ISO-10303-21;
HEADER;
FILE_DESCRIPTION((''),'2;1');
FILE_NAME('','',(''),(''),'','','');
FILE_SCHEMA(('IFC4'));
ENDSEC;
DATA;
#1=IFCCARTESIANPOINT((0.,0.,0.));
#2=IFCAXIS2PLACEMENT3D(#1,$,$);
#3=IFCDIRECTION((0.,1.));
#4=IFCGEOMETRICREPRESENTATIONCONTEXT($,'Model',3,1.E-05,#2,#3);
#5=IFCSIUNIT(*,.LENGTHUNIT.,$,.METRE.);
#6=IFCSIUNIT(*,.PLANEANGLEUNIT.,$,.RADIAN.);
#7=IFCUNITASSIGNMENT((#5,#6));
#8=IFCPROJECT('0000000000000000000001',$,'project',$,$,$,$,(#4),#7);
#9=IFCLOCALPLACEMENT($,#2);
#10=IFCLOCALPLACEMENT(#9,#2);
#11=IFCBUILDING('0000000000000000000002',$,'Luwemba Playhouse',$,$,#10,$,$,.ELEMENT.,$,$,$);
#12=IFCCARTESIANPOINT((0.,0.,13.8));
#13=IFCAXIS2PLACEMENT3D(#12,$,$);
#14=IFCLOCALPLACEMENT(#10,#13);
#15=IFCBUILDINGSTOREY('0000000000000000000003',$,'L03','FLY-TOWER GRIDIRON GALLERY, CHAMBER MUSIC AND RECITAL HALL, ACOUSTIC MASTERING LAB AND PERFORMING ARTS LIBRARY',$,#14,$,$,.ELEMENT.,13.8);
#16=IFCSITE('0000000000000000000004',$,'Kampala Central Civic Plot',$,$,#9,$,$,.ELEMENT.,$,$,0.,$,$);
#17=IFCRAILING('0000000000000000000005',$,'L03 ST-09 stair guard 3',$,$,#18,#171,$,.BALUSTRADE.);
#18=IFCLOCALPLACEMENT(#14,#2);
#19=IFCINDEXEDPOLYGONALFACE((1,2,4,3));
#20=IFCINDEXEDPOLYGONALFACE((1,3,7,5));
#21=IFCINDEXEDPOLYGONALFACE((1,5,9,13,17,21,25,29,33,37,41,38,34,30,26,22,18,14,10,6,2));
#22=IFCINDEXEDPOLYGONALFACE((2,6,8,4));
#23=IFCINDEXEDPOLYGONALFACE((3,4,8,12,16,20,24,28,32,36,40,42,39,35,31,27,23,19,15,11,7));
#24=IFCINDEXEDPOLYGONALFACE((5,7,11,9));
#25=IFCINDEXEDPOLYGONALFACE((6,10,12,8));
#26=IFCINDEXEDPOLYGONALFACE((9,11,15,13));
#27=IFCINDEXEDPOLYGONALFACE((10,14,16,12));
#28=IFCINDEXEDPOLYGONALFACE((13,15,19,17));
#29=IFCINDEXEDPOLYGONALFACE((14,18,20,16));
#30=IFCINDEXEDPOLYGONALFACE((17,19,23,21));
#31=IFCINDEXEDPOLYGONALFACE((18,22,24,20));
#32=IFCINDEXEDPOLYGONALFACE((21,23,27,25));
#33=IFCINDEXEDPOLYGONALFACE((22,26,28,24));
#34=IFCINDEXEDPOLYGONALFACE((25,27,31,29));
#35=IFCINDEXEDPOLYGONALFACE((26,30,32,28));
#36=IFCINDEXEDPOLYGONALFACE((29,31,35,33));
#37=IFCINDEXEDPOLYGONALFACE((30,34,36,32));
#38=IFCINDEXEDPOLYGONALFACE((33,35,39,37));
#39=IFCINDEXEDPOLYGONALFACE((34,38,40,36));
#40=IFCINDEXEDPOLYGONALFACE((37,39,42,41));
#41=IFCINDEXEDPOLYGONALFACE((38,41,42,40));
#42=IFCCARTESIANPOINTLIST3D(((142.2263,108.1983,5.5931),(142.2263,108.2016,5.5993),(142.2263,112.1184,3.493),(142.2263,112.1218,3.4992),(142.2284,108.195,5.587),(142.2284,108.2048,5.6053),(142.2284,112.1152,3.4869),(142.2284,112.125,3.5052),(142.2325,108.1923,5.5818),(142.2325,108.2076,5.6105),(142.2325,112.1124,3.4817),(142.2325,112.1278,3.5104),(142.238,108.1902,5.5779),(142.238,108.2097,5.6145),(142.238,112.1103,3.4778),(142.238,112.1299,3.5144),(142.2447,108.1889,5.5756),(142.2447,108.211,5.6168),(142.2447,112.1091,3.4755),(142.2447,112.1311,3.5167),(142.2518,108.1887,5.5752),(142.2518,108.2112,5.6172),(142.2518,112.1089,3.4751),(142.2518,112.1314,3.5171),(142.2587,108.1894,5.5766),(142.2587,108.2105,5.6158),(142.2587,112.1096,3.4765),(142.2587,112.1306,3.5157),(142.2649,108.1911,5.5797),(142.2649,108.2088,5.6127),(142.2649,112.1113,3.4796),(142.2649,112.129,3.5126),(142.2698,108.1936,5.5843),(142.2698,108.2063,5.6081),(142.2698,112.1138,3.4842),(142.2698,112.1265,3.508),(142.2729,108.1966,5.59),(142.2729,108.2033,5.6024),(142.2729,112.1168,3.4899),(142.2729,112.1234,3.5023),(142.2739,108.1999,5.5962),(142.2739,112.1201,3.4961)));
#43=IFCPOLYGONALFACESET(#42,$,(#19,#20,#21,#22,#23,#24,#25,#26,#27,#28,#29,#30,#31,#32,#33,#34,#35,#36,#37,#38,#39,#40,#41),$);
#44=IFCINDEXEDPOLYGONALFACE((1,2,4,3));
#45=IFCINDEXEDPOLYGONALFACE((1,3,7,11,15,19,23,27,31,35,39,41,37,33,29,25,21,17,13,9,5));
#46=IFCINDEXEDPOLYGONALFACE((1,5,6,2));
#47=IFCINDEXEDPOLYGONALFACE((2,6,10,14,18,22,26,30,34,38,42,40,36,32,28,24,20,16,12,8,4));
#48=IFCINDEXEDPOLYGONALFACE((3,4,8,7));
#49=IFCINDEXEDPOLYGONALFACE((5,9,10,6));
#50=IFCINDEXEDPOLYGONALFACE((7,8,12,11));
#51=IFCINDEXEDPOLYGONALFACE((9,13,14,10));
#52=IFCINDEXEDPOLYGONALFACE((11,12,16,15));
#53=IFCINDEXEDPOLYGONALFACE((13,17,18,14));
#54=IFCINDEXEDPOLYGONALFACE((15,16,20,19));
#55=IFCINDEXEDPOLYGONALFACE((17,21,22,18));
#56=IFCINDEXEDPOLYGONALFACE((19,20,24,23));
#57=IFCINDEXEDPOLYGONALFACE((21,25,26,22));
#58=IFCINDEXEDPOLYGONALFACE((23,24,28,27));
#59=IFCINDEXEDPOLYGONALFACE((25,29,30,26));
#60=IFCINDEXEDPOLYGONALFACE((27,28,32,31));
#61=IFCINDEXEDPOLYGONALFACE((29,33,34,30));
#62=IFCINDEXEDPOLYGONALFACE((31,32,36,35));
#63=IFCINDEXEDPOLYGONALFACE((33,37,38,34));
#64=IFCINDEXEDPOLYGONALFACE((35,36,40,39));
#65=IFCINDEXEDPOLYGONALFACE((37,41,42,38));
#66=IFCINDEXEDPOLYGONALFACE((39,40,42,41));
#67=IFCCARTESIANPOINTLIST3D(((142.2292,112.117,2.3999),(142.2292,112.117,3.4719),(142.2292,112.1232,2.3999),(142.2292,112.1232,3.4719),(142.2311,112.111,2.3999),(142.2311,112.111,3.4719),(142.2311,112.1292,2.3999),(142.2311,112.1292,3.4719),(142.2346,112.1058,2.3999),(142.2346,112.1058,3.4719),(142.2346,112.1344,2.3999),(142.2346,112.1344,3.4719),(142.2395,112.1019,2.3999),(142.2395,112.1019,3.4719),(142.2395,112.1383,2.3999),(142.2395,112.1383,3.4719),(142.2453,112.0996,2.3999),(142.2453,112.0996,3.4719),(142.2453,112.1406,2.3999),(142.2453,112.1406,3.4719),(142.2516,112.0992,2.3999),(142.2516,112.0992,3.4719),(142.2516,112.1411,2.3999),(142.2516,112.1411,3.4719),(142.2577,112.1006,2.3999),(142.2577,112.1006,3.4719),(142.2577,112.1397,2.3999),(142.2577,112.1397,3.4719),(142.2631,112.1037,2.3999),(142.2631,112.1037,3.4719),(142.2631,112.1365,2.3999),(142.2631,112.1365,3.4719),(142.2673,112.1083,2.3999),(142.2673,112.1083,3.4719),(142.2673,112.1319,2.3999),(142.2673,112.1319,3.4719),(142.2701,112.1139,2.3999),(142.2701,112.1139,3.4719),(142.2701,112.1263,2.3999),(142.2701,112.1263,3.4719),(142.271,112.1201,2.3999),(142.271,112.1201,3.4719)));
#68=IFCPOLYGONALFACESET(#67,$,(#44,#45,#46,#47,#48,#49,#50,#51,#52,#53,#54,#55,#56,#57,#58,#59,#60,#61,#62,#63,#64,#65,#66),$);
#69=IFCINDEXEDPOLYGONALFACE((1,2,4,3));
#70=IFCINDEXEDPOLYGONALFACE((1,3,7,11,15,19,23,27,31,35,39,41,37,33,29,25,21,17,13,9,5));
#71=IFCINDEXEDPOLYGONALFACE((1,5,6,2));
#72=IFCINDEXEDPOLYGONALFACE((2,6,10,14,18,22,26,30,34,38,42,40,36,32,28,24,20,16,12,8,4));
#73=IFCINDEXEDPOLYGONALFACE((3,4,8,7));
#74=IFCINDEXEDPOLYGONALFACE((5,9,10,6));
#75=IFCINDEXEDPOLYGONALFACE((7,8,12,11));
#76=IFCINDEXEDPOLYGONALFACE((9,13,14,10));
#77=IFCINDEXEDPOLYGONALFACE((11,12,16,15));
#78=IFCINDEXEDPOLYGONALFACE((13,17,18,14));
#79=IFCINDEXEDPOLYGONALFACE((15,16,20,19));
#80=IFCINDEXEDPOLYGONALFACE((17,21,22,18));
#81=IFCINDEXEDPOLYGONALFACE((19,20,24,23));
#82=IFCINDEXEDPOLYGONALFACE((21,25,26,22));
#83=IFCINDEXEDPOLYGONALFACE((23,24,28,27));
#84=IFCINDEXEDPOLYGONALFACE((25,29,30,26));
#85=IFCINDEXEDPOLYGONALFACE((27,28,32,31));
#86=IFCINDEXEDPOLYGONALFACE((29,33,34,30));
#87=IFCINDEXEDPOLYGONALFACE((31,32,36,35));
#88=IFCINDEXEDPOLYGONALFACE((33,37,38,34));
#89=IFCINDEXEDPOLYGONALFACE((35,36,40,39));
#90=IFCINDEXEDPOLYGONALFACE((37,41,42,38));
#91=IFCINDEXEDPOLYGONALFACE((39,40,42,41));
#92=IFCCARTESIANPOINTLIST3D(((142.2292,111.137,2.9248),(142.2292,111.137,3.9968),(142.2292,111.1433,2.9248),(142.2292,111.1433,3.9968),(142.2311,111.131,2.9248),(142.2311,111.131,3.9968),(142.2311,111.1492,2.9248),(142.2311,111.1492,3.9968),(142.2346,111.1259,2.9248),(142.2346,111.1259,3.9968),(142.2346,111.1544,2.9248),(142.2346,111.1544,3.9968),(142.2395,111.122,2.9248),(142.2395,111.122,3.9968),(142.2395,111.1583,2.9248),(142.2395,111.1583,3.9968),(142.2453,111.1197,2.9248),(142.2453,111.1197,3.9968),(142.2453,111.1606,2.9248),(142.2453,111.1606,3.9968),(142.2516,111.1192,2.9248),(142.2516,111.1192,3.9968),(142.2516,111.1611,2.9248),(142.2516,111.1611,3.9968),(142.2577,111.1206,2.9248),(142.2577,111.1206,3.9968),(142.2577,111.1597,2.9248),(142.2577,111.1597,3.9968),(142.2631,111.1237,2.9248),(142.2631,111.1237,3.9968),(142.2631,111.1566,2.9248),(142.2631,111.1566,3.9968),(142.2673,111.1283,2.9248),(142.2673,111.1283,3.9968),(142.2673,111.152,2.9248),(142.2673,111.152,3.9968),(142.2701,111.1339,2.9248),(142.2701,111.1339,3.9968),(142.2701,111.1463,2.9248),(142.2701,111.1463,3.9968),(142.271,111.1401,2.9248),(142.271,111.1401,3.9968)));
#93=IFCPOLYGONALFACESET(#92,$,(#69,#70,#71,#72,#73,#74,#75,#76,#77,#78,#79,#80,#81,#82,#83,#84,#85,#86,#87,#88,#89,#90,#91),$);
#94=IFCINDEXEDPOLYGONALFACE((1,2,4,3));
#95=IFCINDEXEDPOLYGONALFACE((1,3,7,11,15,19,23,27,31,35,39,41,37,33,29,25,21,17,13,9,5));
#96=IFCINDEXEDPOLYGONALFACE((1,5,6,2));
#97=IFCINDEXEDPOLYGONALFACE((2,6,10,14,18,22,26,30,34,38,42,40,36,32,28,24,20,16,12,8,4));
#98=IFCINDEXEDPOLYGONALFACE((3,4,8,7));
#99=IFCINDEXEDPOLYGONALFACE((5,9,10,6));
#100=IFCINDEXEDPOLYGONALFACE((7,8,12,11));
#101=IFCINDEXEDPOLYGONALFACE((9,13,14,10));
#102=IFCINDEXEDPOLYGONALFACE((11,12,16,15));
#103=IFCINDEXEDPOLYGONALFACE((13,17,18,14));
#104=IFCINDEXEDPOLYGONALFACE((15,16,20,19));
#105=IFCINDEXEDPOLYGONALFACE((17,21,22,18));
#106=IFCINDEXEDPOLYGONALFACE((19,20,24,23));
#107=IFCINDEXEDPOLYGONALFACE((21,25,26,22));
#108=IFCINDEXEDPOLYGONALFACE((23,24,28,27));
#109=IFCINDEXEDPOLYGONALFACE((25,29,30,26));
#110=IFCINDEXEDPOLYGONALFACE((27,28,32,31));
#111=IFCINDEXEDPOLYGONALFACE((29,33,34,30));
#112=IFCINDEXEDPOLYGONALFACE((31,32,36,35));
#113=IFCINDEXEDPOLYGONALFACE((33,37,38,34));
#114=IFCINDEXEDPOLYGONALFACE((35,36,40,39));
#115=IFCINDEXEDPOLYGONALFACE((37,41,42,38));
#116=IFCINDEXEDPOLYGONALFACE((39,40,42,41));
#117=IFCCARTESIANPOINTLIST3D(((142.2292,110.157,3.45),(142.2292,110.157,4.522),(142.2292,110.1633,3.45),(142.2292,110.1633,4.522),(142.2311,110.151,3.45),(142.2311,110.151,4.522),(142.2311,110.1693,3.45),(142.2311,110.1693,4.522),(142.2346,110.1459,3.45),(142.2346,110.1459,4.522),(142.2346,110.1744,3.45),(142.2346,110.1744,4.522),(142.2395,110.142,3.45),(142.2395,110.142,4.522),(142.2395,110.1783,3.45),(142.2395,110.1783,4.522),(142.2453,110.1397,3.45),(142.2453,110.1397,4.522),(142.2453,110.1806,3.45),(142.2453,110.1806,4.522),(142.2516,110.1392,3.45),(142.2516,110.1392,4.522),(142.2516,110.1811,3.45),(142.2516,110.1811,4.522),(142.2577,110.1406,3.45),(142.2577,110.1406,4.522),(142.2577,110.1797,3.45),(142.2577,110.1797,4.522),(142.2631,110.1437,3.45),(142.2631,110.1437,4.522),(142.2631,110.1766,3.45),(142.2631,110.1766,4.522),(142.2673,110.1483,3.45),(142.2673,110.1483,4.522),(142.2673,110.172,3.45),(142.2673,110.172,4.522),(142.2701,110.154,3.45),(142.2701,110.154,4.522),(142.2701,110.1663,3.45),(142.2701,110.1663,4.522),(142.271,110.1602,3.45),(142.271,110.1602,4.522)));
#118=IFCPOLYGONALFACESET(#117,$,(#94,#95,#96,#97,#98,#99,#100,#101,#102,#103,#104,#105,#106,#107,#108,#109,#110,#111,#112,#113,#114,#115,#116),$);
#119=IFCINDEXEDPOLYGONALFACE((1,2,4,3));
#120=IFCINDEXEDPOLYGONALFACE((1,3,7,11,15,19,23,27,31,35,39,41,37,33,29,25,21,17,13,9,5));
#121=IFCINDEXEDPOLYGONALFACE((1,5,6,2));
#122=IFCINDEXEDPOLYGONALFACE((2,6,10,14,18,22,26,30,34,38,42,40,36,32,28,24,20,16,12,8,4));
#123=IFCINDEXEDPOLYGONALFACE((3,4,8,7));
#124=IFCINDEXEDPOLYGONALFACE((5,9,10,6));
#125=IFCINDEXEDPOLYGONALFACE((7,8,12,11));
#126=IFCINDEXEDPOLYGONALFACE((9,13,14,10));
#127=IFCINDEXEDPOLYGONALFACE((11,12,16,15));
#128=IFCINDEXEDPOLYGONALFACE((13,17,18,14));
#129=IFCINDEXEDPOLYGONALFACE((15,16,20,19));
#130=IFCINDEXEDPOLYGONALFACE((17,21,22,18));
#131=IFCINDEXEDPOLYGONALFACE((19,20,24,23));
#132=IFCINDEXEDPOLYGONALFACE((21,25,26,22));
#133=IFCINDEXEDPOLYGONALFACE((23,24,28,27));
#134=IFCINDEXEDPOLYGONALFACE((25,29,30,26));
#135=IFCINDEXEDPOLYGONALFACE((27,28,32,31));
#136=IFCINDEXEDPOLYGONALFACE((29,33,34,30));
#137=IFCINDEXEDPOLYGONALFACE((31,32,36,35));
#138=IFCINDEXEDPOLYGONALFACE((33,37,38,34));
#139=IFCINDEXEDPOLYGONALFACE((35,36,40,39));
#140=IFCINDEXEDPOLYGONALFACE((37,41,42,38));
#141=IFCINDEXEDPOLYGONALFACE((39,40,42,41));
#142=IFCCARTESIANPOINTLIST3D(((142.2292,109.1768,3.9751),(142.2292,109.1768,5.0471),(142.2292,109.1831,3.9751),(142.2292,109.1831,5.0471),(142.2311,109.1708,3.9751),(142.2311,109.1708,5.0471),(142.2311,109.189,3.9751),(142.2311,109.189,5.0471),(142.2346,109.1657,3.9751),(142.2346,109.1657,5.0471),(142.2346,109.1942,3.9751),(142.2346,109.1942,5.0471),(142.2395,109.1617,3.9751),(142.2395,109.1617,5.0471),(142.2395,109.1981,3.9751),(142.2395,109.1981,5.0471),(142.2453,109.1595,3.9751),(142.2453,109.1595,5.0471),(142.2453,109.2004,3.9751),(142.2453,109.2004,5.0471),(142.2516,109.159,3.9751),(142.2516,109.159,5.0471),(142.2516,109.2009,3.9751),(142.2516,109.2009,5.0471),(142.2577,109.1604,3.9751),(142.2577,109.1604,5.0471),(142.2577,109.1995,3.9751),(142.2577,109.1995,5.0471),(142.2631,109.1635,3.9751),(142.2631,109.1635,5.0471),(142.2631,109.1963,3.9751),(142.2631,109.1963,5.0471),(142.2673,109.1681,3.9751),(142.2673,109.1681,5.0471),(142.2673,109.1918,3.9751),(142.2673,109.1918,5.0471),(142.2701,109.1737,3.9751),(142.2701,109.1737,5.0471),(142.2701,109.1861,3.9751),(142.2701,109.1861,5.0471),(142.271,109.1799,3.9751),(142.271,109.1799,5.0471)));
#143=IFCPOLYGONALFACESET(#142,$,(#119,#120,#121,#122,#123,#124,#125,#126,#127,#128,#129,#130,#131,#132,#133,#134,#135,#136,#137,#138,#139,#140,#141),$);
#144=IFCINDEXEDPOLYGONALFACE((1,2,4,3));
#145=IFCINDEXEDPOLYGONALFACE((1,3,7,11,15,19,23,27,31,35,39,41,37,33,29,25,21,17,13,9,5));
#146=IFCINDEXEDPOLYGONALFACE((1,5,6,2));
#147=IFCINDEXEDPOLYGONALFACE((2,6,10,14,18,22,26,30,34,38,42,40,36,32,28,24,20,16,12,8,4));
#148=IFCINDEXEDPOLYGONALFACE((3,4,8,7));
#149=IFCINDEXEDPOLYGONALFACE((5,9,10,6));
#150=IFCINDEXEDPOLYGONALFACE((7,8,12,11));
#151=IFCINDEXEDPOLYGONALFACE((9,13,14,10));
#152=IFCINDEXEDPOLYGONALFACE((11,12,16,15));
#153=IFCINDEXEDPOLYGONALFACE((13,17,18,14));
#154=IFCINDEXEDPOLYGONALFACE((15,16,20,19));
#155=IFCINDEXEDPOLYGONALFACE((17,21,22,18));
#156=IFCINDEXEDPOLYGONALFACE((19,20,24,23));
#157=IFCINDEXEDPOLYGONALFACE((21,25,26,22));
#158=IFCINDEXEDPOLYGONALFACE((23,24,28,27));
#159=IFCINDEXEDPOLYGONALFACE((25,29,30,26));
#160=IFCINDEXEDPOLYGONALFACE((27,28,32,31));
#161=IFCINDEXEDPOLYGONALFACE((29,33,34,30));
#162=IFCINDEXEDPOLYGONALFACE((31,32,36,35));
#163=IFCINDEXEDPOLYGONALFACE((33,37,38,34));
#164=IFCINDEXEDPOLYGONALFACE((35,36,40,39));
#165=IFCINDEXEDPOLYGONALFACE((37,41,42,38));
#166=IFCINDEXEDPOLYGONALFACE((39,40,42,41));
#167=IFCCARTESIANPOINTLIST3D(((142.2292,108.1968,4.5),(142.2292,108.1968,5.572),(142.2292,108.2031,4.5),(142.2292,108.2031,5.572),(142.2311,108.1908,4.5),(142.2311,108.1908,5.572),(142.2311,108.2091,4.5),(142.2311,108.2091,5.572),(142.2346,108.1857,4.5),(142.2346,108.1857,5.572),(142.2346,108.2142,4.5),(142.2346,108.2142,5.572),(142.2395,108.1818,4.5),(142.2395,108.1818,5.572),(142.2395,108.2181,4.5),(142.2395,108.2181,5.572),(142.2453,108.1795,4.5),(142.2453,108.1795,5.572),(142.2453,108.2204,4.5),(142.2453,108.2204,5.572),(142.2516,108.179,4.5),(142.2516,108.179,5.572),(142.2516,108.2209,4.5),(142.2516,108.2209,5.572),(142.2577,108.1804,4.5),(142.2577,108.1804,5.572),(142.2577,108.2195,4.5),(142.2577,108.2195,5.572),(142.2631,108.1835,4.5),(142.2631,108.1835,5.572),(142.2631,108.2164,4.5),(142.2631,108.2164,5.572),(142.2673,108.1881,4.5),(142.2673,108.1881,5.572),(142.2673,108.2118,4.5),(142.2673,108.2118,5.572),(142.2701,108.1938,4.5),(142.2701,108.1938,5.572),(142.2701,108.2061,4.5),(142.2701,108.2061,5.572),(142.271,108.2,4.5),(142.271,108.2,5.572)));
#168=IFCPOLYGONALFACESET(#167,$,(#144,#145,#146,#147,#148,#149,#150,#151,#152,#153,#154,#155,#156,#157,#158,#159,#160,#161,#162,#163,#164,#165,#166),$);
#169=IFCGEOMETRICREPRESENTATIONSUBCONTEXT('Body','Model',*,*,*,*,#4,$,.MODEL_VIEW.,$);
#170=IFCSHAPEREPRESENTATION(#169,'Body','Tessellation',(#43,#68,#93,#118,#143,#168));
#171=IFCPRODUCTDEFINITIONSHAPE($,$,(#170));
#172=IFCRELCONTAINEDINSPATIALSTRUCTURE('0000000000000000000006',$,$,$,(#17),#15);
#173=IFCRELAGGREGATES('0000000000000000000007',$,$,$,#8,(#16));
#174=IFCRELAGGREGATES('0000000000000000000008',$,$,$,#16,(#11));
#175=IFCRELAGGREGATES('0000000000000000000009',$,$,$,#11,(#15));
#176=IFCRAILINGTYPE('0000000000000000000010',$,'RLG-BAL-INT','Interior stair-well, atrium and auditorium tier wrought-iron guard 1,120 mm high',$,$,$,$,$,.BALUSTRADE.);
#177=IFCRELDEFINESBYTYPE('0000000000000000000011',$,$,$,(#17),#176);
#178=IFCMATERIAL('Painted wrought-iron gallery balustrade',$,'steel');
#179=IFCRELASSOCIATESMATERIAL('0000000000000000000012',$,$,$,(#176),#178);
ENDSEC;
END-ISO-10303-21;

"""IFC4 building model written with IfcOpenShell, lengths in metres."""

from ifc_helpers import new_model, si_unit, direction, frame, origin, origin_2d, place, context, subcontext, project, spatial, circle, extrude, material, type_object, element, save


model = new_model("IFC4")

# Units and contexts
model_context = context("Model", 3, precision=1e-05, world=origin(), true_north=direction((0.0, 1.0)))
body_context = subcontext(model_context, "Body", "Model", "MODEL_VIEW")
ifc_project = project(units=[si_unit("LENGTHUNIT", "METRE"), si_unit("PLANEANGLEUNIT", "RADIAN")], contexts=[model_context])

# Site, building, storey
site_placement = place(None, origin())
site = spatial("IfcSite", under=ifc_project, at=site_placement, Name="Kampala Central Civic Plot", CompositionType="ELEMENT", RefElevation=0.0)
building_placement = place(site_placement, origin())
building = spatial("IfcBuilding", under=site, at=building_placement, Name="Luwemba Playhouse", CompositionType="ELEMENT")
storey_placement = place(building_placement, frame((0.0, 0.0, 13.8)))
storey = spatial("IfcBuildingStorey", under=building, at=storey_placement, Name="L03", Description="FLY-TOWER GRIDIRON GALLERY, CHAMBER MUSIC AND RECITAL HALL, ACOUSTIC MASTERING LAB AND PERFORMING ARTS LIBRARY", CompositionType="ELEMENT", Elevation=13.8)

# Railing
ifc_material_1 = material(Name="Painted wrought-iron gallery balustrade", Category="steel")
railing_type_1 = type_object("IfcRailingType", Name="RLG-BAL-INT", Description="Interior stair-well, atrium and auditorium tier wrought-iron guard 1,120 mm high", PredefinedType="BALUSTRADE", material=ifc_material_1)
railing_1_placement = place(storey_placement, frame((142.25, 112.1201, 2.3999)))
element("IfcRailing", 1, at=railing_1_placement, inside=storey, type_object=railing_type_1, Name="L03 ST-09 stair guard 3", PredefinedType="BALUSTRADE", context=body_context, shape_type="SweptSolid", body=[
    extrude(circle(Radius=0.0239, at=origin_2d()), frame((0.0, 0.0, 1.0962), z_axis=(0.0, -0.881479, 0.472223), x_axis=(1.0, 0.0, 0.0)), (0.0, 0.0, 1.0), 4.4473),
    extrude(circle(Radius=0.021, at=origin_2d()), origin(), (0.0, 0.0, 1.0), 1.072),
    extrude(circle(Radius=0.021, at=origin_2d()), frame((0.0, -0.98, 0.5249)), (0.0, 0.0, 1.0), 1.072),
    extrude(circle(Radius=0.021, at=origin_2d()), frame((0.0, -1.96, 1.05)), (0.0, 0.0, 1.0), 1.072),
    extrude(circle(Radius=0.021, at=origin_2d()), frame((0.0, -2.9402, 1.5752)), (0.0, 0.0, 1.0), 1.072),
    extrude(circle(Radius=0.021, at=origin_2d()), frame((0.0, -3.9202, 2.1001)), (0.0, 0.0, 1.0), 1.072),
])

save(model, "model.ifc")
